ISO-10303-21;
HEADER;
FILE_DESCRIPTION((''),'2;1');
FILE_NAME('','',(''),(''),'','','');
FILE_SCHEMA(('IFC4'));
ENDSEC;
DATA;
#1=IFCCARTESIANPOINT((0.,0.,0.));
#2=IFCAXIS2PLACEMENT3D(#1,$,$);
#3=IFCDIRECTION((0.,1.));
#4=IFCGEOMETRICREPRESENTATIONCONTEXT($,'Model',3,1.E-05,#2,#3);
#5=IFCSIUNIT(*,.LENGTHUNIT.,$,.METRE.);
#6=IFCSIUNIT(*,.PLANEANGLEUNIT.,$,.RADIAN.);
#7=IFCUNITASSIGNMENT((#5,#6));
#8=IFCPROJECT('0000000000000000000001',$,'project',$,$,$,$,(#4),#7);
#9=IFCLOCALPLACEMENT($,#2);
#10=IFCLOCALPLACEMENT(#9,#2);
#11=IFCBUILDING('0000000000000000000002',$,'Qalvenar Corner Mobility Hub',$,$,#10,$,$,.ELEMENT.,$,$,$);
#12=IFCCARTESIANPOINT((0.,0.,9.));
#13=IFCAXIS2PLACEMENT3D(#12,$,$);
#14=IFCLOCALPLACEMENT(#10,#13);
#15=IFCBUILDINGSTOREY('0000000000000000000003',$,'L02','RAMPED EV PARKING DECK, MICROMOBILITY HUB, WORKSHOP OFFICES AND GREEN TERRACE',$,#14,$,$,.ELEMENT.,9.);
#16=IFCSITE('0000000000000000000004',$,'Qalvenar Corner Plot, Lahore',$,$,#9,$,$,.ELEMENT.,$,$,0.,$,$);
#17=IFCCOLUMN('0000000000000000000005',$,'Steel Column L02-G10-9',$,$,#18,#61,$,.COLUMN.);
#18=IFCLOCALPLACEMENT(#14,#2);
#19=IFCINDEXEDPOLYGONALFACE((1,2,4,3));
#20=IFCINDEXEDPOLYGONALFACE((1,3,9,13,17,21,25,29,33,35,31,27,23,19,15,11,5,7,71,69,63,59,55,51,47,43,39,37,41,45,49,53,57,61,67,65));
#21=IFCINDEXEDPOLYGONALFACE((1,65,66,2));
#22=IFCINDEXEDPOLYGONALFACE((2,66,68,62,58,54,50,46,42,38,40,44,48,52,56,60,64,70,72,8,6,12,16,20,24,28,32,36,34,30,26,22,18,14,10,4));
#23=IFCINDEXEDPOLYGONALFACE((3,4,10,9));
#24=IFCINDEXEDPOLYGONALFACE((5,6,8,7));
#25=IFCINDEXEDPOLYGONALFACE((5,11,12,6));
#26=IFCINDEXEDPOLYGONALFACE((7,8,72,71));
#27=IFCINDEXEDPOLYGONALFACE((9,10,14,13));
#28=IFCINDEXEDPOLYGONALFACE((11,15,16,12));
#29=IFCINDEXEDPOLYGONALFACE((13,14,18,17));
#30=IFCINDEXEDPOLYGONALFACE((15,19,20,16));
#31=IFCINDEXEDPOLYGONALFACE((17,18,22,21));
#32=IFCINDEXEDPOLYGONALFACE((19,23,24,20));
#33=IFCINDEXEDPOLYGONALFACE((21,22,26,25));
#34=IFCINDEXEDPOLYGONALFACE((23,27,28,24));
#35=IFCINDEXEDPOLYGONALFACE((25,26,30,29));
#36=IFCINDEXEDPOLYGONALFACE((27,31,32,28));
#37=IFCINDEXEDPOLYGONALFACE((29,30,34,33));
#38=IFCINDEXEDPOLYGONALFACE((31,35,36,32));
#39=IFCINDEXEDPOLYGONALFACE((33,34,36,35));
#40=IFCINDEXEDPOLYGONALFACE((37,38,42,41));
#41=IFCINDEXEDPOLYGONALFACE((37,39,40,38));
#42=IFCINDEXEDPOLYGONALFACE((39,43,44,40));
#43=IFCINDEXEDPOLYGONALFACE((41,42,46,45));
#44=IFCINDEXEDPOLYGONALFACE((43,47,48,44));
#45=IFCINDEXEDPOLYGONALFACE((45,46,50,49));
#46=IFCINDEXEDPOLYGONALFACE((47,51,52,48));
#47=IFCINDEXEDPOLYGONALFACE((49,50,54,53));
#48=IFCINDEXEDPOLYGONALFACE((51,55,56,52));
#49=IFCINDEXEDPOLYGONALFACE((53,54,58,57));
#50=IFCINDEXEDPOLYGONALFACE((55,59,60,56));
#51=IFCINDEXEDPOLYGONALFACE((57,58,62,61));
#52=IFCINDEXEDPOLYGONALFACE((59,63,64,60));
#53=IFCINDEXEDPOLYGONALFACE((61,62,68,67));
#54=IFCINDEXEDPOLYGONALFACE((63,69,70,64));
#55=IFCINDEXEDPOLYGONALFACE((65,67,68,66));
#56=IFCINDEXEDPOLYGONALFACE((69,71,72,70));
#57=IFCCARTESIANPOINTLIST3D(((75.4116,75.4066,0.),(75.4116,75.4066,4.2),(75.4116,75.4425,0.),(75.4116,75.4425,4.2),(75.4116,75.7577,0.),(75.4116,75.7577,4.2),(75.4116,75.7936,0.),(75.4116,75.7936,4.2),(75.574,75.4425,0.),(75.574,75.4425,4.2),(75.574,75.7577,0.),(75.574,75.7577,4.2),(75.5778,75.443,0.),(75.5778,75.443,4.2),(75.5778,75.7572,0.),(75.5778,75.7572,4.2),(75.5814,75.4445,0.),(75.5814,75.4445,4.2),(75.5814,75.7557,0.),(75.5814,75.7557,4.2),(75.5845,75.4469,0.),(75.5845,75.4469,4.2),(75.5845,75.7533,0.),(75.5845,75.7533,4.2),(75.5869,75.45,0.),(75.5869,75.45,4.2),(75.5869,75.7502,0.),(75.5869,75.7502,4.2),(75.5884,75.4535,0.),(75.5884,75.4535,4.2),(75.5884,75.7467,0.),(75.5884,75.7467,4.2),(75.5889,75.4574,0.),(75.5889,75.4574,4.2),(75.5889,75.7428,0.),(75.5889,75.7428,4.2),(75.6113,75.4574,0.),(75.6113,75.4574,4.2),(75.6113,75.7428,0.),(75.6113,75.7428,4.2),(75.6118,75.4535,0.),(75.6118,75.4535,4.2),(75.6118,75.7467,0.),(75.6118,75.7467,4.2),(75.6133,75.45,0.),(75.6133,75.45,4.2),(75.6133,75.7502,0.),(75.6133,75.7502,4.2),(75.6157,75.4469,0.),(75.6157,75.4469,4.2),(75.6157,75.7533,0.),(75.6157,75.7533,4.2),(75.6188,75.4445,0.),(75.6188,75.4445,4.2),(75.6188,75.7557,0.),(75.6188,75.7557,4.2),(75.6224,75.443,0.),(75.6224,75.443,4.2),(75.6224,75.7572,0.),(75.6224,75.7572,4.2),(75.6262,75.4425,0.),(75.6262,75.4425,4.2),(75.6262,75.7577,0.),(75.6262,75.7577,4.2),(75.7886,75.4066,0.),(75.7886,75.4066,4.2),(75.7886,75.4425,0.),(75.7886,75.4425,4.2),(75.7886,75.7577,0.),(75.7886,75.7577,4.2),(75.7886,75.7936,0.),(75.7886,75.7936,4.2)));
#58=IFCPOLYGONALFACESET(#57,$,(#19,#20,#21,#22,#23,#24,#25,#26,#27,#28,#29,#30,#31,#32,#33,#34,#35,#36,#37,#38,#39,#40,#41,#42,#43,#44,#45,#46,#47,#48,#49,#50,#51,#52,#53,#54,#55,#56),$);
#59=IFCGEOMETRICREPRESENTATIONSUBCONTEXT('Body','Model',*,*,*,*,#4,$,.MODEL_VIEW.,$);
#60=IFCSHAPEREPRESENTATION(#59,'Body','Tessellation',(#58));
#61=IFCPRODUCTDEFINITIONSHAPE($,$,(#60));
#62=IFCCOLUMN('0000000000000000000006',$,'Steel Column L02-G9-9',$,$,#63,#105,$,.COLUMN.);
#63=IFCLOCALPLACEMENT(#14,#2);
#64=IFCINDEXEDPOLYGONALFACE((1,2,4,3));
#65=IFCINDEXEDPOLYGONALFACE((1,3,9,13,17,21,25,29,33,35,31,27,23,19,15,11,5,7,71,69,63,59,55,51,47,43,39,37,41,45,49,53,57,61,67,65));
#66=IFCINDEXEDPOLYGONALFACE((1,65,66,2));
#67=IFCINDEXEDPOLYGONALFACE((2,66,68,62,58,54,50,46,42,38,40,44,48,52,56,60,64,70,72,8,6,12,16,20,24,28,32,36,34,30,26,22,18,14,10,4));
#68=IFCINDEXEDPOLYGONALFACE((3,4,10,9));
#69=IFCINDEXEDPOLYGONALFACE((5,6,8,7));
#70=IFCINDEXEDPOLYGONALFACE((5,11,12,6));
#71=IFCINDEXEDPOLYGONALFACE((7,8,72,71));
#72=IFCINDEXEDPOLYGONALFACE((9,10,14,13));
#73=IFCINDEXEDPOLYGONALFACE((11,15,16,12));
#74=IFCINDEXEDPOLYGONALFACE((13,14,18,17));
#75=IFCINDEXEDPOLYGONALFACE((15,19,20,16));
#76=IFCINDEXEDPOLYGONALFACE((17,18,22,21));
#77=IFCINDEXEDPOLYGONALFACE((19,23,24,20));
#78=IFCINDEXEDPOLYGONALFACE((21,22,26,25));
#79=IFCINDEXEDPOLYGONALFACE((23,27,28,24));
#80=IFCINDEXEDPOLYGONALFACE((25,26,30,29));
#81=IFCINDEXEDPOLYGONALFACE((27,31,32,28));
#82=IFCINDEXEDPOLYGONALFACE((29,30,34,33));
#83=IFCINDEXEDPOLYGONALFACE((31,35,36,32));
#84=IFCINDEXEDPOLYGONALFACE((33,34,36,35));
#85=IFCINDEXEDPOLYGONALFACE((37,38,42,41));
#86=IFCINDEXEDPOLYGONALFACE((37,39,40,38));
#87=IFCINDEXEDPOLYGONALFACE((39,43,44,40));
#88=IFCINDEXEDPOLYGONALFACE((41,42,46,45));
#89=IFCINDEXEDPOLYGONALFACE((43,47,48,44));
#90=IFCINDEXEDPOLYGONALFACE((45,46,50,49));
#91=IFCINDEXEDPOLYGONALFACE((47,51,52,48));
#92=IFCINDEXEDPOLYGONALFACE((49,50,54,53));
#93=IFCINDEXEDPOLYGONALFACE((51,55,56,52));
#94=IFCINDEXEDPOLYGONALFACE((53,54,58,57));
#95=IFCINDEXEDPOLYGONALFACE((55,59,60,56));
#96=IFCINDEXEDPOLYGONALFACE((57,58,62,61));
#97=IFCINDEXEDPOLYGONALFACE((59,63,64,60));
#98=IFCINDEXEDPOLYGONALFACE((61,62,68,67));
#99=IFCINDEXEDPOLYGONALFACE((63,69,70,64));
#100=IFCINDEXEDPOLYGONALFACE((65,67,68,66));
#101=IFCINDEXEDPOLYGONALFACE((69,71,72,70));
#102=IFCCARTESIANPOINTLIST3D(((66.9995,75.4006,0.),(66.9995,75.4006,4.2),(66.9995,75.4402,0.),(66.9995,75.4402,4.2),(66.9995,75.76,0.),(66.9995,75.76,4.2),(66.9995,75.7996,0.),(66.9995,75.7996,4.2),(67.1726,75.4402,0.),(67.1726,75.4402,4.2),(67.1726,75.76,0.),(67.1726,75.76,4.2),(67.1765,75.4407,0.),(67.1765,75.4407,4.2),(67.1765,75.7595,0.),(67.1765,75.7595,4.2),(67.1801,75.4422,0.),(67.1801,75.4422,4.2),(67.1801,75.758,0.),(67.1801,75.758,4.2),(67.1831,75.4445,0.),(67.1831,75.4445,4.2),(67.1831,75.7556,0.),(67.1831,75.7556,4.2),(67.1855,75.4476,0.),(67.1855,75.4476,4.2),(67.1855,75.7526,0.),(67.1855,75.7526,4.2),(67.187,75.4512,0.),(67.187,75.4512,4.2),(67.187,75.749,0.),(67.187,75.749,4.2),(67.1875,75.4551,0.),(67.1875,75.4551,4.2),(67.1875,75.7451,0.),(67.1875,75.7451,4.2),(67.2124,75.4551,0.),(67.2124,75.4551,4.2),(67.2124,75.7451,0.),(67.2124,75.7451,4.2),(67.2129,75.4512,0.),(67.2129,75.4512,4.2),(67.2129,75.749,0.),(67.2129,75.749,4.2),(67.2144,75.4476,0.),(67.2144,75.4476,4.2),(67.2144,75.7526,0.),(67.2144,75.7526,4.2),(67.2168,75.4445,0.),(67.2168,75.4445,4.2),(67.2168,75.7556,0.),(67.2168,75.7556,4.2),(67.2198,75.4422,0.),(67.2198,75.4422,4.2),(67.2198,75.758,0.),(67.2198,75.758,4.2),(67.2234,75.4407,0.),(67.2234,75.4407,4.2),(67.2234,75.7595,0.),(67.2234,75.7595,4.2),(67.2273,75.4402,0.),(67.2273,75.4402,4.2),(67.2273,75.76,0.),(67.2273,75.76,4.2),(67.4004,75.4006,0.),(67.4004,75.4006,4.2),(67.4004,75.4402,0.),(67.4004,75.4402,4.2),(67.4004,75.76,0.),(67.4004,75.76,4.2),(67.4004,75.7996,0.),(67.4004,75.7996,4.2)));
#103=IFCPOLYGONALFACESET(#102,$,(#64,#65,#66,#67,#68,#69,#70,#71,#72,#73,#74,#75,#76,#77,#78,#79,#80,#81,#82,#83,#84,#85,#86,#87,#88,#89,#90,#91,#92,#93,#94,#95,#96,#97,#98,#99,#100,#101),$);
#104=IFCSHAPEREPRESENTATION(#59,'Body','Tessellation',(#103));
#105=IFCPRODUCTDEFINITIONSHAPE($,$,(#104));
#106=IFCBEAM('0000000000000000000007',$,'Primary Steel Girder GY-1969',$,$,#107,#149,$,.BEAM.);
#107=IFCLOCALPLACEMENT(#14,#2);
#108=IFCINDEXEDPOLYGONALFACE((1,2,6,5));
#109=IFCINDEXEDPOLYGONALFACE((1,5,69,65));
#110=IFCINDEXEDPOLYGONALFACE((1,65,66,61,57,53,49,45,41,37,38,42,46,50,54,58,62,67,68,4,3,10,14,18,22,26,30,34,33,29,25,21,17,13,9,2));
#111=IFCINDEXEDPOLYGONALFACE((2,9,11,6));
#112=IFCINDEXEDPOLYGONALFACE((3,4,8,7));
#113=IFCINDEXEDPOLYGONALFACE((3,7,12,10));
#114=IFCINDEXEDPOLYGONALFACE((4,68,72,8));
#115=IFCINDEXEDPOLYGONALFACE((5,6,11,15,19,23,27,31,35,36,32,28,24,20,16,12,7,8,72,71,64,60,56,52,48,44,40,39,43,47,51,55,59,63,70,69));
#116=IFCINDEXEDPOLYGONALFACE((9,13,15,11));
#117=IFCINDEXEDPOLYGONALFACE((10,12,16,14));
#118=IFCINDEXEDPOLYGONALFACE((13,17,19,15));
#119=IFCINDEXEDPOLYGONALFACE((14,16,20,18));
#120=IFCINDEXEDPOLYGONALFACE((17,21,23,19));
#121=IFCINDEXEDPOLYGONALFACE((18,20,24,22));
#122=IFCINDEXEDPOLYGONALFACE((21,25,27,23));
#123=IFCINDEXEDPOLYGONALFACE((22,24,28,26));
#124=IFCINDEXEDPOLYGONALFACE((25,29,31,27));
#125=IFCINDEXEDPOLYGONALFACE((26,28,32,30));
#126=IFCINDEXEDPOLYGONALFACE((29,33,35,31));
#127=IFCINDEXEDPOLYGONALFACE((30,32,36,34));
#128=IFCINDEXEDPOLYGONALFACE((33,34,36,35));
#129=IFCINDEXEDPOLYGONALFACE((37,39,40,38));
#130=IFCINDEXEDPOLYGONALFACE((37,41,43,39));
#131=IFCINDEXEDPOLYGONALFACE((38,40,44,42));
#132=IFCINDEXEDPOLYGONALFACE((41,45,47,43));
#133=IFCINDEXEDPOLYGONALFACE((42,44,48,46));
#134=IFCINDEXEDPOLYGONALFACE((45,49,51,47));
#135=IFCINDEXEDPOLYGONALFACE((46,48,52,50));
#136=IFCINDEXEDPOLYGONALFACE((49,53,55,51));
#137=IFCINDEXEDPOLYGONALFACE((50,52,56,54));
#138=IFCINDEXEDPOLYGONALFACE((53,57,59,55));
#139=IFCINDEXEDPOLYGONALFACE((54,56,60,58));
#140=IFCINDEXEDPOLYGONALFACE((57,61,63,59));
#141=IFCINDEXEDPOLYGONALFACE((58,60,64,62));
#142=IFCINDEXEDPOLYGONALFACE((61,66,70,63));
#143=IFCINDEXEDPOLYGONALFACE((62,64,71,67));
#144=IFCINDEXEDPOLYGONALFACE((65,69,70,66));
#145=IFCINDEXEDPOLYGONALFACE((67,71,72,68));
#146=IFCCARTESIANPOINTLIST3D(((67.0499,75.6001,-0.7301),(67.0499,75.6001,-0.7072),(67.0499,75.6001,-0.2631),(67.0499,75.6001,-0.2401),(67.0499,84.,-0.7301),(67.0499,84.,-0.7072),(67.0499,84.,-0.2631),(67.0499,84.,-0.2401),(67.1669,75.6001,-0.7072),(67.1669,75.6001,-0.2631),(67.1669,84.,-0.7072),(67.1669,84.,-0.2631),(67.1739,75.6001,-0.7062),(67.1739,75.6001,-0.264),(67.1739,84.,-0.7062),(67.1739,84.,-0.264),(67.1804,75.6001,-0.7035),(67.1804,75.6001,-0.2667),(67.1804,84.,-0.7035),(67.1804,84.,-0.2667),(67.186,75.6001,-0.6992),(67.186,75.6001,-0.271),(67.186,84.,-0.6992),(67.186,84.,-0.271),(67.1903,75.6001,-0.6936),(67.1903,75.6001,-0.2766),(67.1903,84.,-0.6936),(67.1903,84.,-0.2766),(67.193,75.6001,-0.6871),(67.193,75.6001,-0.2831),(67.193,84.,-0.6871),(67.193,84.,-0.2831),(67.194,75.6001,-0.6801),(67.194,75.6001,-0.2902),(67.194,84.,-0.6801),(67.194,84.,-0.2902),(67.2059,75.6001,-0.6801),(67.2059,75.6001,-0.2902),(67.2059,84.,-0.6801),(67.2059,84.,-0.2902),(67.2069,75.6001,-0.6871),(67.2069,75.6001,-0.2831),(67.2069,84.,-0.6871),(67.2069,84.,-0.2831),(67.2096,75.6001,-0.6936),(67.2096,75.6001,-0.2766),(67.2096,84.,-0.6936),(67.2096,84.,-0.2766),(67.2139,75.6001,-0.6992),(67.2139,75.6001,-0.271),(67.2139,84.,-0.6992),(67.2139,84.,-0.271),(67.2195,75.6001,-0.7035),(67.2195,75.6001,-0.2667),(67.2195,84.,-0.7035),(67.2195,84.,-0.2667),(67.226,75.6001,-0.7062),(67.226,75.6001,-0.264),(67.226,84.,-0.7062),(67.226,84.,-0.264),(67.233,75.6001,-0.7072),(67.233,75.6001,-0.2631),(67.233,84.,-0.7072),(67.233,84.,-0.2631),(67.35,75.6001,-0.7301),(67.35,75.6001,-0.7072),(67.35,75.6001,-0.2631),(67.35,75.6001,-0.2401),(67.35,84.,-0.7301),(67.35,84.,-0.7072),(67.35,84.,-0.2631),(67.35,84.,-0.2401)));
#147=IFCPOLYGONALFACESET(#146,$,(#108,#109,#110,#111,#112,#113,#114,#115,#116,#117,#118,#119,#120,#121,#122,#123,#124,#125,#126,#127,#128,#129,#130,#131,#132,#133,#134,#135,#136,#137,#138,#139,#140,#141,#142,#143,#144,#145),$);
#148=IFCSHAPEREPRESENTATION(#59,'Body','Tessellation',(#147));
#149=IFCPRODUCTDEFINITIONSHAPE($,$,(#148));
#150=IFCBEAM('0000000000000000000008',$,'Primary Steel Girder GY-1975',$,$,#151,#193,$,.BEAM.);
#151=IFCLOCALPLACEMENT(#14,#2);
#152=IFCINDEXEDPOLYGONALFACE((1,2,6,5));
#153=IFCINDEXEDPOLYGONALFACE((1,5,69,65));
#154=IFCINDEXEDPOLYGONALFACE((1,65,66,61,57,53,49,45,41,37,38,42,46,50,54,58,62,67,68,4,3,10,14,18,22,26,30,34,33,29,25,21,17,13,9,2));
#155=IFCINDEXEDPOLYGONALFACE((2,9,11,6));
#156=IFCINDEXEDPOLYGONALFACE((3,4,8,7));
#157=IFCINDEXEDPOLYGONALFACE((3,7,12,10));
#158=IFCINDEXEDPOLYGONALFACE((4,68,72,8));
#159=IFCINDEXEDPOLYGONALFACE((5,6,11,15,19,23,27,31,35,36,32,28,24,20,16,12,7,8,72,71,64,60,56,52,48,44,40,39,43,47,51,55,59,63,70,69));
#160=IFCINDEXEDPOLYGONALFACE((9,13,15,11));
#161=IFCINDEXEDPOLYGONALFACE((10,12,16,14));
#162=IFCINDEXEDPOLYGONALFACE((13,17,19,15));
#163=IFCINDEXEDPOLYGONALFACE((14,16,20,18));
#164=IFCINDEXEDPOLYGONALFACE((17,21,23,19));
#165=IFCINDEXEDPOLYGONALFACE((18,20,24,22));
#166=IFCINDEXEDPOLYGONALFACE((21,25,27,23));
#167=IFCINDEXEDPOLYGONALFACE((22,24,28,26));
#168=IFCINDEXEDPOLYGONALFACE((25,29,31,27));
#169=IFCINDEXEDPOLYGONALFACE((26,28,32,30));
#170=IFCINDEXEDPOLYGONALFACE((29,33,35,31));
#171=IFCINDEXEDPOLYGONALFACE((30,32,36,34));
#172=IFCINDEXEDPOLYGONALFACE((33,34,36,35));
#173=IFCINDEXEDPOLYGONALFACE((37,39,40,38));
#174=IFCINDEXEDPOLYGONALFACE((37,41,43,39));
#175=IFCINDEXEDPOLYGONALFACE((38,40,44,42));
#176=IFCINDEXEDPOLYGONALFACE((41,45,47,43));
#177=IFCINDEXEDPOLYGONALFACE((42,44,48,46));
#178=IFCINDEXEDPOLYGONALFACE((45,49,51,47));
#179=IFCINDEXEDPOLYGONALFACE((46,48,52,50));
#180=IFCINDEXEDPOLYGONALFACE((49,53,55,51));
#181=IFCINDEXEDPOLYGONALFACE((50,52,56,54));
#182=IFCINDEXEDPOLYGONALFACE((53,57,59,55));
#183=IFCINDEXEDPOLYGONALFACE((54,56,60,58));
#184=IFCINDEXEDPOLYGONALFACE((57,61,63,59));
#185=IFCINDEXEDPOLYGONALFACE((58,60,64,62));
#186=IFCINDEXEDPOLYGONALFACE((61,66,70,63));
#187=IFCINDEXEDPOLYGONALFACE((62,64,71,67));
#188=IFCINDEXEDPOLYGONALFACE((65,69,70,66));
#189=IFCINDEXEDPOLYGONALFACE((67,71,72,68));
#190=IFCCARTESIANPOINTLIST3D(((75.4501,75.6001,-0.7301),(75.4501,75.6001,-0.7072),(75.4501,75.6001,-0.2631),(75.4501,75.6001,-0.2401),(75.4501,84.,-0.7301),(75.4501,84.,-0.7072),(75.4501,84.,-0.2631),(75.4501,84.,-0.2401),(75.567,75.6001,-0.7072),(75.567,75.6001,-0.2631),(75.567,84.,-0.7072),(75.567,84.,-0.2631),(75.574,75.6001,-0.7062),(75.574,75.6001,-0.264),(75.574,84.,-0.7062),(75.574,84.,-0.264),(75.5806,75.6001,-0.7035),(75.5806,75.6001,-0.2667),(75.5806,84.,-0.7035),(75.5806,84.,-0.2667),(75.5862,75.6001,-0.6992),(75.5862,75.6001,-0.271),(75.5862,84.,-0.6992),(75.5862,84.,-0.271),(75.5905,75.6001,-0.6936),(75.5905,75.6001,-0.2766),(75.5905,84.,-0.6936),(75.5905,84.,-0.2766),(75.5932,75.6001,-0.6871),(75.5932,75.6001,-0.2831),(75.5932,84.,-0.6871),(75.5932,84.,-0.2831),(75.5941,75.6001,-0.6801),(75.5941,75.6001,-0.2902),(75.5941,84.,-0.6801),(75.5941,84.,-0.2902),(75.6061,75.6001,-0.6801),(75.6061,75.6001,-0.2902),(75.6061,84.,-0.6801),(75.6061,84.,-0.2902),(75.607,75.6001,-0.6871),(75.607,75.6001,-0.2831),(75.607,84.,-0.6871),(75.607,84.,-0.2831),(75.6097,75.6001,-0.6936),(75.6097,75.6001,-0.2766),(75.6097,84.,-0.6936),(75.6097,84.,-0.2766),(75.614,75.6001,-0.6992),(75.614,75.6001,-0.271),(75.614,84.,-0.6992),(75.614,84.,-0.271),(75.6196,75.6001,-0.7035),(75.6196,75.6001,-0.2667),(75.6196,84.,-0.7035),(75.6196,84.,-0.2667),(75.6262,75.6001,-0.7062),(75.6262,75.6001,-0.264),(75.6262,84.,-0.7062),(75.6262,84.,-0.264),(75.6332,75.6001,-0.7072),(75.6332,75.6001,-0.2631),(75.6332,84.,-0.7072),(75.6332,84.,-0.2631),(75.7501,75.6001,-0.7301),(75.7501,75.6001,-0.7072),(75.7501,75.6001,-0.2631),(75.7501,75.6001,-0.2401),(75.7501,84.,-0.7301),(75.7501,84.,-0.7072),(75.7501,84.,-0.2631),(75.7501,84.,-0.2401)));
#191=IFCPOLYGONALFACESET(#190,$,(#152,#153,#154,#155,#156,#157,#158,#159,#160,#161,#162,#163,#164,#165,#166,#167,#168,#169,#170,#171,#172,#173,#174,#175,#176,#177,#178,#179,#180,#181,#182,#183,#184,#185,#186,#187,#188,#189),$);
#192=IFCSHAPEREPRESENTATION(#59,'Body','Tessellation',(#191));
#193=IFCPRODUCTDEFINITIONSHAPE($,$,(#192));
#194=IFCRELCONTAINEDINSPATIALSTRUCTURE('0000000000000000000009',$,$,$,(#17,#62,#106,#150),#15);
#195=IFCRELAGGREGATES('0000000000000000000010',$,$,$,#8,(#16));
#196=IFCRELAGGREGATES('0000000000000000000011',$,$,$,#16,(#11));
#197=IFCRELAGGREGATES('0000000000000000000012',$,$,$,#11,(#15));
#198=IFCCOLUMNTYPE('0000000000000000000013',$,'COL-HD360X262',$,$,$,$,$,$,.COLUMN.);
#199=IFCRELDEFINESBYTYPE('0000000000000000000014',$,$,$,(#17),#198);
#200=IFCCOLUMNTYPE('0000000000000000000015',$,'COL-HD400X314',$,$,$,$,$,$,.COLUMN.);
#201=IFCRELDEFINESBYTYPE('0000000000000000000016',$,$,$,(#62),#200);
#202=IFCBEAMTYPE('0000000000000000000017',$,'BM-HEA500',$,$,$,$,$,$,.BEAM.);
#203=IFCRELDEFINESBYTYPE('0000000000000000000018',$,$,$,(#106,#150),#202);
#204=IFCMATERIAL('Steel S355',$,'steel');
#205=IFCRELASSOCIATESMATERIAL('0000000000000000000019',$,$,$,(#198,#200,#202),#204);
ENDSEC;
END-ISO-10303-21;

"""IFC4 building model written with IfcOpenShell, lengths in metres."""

from ifc_helpers import new_model, si_unit, direction, frame, origin, origin_2d, place, context, subcontext, project, spatial, i_section, extrude, material, material_profile, profile_set, type_object, element, save


model = new_model("IFC4")

# Units and contexts
model_context = context("Model", 3, precision=1e-05, world=origin(), true_north=direction((0.0, 1.0)))
body_context = subcontext(model_context, "Body", "Model", "MODEL_VIEW")
ifc_project = project(units=[si_unit("LENGTHUNIT", "METRE"), si_unit("PLANEANGLEUNIT", "RADIAN")], contexts=[model_context])

# Site, building, storey
site_placement = place(None, origin())
site = spatial("IfcSite", under=ifc_project, at=site_placement, Name="Qalvenar Corner Plot, Lahore", CompositionType="ELEMENT", RefElevation=0.0)
building_placement = place(site_placement, origin())
building = spatial("IfcBuilding", under=site, at=building_placement, Name="Qalvenar Corner Mobility Hub", CompositionType="ELEMENT")
storey_placement = place(building_placement, frame((0.0, 0.0, 9.0)))
storey = spatial("IfcBuildingStorey", under=building, at=storey_placement, Name="L02", Description="RAMPED EV PARKING DECK, MICROMOBILITY HUB, WORKSHOP OFFICES AND GREEN TERRACE", CompositionType="ELEMENT", Elevation=9.0)

# Columns
ifc_material_1 = material(Name="Steel S355", Category="steel")
ifc_material_profile_1 = material_profile(ifc_material_1, i_section(OverallWidth=0.377, OverallDepth=0.387, WebThickness=0.0225, FlangeThickness=0.0359, FilletRadius=0.0149, at=origin_2d()), Name="HD360x262")
ifc_profile_set_1 = profile_set([ifc_material_profile_1], Name="Steel S355")
column_type_1 = type_object("IfcColumnType", Name="COL-HD360X262", PredefinedType="COLUMN", material=ifc_profile_set_1)
column_1_placement = place(storey_placement, frame((75.6001, 75.6001, 0.0), z_axis=(0.0, 0.0, 1.0), x_axis=(1.0, 0.0, 0.0)))
element("IfcColumn", 1, at=column_1_placement, inside=storey, type_object=column_type_1, Name="Steel Column L02-G10-9", PredefinedType="COLUMN", context=body_context, shape_type="SweptSolid", body=[
    extrude(i_section(OverallWidth=0.377, OverallDepth=0.387, WebThickness=0.0225, FlangeThickness=0.0359, FilletRadius=0.0149, at=origin_2d()), origin(), (0.0, 0.0, 1.0), 4.2),
])
ifc_material_profile_2 = material_profile(ifc_material_1, i_section(OverallWidth=0.4009, OverallDepth=0.3989, WebThickness=0.0249, FlangeThickness=0.0396, FilletRadius=0.0149, at=origin_2d()), Name="HD400x314")
ifc_profile_set_2 = profile_set([ifc_material_profile_2], Name="Steel S355")
column_type_2 = type_object("IfcColumnType", Name="COL-HD400X314", PredefinedType="COLUMN", material=ifc_profile_set_2)
column_2_placement = place(storey_placement, frame((67.2, 75.6001, 0.0), z_axis=(0.0, 0.0, 1.0), x_axis=(1.0, 0.0, 0.0)))
element("IfcColumn", 2, at=column_2_placement, inside=storey, type_object=column_type_2, Name="Steel Column L02-G9-9", PredefinedType="COLUMN", context=body_context, shape_type="SweptSolid", body=[
    extrude(i_section(OverallWidth=0.4009, OverallDepth=0.3989, WebThickness=0.0249, FlangeThickness=0.0396, FilletRadius=0.0149, at=origin_2d()), origin(), (0.0, 0.0, 1.0), 4.2),
])

# Beams
ifc_material_profile_3 = material_profile(ifc_material_1, i_section(OverallWidth=0.3, OverallDepth=0.49, WebThickness=0.012, FlangeThickness=0.0229, FilletRadius=0.0271, at=origin_2d()), Name="HEA500")
ifc_profile_set_3 = profile_set([ifc_material_profile_3], Name="Steel S355")
beam_type_1 = type_object("IfcBeamType", Name="BM-HEA500", PredefinedType="BEAM", material=ifc_profile_set_3)
for number, where, z_axis, x_axis, name in (
    (3, (67.2, 75.6001, -0.4851), (0.0, 1.0, 0.0), (-1.0, 0.0, 0.0), "Primary Steel Girder GY-1969"),
    (4, (75.6001, 75.6001, -0.4851), (0.0, 1.0, 0.0), (-1.0, 0.0, 0.0), "Primary Steel Girder GY-1975"),
):
    element("IfcBeam", number, at=place(storey_placement, frame(where, z_axis=z_axis, x_axis=x_axis)), inside=storey, type_object=beam_type_1, Name=name, PredefinedType="BEAM", context=body_context, shape_type="SweptSolid", body=[
        extrude(i_section(OverallWidth=0.3, OverallDepth=0.49, WebThickness=0.012, FlangeThickness=0.0229, FilletRadius=0.0271, at=origin_2d()), origin(), (0.0, 0.0, 1.0), 8.3999),
    ])

save(model, "model.ifc")
